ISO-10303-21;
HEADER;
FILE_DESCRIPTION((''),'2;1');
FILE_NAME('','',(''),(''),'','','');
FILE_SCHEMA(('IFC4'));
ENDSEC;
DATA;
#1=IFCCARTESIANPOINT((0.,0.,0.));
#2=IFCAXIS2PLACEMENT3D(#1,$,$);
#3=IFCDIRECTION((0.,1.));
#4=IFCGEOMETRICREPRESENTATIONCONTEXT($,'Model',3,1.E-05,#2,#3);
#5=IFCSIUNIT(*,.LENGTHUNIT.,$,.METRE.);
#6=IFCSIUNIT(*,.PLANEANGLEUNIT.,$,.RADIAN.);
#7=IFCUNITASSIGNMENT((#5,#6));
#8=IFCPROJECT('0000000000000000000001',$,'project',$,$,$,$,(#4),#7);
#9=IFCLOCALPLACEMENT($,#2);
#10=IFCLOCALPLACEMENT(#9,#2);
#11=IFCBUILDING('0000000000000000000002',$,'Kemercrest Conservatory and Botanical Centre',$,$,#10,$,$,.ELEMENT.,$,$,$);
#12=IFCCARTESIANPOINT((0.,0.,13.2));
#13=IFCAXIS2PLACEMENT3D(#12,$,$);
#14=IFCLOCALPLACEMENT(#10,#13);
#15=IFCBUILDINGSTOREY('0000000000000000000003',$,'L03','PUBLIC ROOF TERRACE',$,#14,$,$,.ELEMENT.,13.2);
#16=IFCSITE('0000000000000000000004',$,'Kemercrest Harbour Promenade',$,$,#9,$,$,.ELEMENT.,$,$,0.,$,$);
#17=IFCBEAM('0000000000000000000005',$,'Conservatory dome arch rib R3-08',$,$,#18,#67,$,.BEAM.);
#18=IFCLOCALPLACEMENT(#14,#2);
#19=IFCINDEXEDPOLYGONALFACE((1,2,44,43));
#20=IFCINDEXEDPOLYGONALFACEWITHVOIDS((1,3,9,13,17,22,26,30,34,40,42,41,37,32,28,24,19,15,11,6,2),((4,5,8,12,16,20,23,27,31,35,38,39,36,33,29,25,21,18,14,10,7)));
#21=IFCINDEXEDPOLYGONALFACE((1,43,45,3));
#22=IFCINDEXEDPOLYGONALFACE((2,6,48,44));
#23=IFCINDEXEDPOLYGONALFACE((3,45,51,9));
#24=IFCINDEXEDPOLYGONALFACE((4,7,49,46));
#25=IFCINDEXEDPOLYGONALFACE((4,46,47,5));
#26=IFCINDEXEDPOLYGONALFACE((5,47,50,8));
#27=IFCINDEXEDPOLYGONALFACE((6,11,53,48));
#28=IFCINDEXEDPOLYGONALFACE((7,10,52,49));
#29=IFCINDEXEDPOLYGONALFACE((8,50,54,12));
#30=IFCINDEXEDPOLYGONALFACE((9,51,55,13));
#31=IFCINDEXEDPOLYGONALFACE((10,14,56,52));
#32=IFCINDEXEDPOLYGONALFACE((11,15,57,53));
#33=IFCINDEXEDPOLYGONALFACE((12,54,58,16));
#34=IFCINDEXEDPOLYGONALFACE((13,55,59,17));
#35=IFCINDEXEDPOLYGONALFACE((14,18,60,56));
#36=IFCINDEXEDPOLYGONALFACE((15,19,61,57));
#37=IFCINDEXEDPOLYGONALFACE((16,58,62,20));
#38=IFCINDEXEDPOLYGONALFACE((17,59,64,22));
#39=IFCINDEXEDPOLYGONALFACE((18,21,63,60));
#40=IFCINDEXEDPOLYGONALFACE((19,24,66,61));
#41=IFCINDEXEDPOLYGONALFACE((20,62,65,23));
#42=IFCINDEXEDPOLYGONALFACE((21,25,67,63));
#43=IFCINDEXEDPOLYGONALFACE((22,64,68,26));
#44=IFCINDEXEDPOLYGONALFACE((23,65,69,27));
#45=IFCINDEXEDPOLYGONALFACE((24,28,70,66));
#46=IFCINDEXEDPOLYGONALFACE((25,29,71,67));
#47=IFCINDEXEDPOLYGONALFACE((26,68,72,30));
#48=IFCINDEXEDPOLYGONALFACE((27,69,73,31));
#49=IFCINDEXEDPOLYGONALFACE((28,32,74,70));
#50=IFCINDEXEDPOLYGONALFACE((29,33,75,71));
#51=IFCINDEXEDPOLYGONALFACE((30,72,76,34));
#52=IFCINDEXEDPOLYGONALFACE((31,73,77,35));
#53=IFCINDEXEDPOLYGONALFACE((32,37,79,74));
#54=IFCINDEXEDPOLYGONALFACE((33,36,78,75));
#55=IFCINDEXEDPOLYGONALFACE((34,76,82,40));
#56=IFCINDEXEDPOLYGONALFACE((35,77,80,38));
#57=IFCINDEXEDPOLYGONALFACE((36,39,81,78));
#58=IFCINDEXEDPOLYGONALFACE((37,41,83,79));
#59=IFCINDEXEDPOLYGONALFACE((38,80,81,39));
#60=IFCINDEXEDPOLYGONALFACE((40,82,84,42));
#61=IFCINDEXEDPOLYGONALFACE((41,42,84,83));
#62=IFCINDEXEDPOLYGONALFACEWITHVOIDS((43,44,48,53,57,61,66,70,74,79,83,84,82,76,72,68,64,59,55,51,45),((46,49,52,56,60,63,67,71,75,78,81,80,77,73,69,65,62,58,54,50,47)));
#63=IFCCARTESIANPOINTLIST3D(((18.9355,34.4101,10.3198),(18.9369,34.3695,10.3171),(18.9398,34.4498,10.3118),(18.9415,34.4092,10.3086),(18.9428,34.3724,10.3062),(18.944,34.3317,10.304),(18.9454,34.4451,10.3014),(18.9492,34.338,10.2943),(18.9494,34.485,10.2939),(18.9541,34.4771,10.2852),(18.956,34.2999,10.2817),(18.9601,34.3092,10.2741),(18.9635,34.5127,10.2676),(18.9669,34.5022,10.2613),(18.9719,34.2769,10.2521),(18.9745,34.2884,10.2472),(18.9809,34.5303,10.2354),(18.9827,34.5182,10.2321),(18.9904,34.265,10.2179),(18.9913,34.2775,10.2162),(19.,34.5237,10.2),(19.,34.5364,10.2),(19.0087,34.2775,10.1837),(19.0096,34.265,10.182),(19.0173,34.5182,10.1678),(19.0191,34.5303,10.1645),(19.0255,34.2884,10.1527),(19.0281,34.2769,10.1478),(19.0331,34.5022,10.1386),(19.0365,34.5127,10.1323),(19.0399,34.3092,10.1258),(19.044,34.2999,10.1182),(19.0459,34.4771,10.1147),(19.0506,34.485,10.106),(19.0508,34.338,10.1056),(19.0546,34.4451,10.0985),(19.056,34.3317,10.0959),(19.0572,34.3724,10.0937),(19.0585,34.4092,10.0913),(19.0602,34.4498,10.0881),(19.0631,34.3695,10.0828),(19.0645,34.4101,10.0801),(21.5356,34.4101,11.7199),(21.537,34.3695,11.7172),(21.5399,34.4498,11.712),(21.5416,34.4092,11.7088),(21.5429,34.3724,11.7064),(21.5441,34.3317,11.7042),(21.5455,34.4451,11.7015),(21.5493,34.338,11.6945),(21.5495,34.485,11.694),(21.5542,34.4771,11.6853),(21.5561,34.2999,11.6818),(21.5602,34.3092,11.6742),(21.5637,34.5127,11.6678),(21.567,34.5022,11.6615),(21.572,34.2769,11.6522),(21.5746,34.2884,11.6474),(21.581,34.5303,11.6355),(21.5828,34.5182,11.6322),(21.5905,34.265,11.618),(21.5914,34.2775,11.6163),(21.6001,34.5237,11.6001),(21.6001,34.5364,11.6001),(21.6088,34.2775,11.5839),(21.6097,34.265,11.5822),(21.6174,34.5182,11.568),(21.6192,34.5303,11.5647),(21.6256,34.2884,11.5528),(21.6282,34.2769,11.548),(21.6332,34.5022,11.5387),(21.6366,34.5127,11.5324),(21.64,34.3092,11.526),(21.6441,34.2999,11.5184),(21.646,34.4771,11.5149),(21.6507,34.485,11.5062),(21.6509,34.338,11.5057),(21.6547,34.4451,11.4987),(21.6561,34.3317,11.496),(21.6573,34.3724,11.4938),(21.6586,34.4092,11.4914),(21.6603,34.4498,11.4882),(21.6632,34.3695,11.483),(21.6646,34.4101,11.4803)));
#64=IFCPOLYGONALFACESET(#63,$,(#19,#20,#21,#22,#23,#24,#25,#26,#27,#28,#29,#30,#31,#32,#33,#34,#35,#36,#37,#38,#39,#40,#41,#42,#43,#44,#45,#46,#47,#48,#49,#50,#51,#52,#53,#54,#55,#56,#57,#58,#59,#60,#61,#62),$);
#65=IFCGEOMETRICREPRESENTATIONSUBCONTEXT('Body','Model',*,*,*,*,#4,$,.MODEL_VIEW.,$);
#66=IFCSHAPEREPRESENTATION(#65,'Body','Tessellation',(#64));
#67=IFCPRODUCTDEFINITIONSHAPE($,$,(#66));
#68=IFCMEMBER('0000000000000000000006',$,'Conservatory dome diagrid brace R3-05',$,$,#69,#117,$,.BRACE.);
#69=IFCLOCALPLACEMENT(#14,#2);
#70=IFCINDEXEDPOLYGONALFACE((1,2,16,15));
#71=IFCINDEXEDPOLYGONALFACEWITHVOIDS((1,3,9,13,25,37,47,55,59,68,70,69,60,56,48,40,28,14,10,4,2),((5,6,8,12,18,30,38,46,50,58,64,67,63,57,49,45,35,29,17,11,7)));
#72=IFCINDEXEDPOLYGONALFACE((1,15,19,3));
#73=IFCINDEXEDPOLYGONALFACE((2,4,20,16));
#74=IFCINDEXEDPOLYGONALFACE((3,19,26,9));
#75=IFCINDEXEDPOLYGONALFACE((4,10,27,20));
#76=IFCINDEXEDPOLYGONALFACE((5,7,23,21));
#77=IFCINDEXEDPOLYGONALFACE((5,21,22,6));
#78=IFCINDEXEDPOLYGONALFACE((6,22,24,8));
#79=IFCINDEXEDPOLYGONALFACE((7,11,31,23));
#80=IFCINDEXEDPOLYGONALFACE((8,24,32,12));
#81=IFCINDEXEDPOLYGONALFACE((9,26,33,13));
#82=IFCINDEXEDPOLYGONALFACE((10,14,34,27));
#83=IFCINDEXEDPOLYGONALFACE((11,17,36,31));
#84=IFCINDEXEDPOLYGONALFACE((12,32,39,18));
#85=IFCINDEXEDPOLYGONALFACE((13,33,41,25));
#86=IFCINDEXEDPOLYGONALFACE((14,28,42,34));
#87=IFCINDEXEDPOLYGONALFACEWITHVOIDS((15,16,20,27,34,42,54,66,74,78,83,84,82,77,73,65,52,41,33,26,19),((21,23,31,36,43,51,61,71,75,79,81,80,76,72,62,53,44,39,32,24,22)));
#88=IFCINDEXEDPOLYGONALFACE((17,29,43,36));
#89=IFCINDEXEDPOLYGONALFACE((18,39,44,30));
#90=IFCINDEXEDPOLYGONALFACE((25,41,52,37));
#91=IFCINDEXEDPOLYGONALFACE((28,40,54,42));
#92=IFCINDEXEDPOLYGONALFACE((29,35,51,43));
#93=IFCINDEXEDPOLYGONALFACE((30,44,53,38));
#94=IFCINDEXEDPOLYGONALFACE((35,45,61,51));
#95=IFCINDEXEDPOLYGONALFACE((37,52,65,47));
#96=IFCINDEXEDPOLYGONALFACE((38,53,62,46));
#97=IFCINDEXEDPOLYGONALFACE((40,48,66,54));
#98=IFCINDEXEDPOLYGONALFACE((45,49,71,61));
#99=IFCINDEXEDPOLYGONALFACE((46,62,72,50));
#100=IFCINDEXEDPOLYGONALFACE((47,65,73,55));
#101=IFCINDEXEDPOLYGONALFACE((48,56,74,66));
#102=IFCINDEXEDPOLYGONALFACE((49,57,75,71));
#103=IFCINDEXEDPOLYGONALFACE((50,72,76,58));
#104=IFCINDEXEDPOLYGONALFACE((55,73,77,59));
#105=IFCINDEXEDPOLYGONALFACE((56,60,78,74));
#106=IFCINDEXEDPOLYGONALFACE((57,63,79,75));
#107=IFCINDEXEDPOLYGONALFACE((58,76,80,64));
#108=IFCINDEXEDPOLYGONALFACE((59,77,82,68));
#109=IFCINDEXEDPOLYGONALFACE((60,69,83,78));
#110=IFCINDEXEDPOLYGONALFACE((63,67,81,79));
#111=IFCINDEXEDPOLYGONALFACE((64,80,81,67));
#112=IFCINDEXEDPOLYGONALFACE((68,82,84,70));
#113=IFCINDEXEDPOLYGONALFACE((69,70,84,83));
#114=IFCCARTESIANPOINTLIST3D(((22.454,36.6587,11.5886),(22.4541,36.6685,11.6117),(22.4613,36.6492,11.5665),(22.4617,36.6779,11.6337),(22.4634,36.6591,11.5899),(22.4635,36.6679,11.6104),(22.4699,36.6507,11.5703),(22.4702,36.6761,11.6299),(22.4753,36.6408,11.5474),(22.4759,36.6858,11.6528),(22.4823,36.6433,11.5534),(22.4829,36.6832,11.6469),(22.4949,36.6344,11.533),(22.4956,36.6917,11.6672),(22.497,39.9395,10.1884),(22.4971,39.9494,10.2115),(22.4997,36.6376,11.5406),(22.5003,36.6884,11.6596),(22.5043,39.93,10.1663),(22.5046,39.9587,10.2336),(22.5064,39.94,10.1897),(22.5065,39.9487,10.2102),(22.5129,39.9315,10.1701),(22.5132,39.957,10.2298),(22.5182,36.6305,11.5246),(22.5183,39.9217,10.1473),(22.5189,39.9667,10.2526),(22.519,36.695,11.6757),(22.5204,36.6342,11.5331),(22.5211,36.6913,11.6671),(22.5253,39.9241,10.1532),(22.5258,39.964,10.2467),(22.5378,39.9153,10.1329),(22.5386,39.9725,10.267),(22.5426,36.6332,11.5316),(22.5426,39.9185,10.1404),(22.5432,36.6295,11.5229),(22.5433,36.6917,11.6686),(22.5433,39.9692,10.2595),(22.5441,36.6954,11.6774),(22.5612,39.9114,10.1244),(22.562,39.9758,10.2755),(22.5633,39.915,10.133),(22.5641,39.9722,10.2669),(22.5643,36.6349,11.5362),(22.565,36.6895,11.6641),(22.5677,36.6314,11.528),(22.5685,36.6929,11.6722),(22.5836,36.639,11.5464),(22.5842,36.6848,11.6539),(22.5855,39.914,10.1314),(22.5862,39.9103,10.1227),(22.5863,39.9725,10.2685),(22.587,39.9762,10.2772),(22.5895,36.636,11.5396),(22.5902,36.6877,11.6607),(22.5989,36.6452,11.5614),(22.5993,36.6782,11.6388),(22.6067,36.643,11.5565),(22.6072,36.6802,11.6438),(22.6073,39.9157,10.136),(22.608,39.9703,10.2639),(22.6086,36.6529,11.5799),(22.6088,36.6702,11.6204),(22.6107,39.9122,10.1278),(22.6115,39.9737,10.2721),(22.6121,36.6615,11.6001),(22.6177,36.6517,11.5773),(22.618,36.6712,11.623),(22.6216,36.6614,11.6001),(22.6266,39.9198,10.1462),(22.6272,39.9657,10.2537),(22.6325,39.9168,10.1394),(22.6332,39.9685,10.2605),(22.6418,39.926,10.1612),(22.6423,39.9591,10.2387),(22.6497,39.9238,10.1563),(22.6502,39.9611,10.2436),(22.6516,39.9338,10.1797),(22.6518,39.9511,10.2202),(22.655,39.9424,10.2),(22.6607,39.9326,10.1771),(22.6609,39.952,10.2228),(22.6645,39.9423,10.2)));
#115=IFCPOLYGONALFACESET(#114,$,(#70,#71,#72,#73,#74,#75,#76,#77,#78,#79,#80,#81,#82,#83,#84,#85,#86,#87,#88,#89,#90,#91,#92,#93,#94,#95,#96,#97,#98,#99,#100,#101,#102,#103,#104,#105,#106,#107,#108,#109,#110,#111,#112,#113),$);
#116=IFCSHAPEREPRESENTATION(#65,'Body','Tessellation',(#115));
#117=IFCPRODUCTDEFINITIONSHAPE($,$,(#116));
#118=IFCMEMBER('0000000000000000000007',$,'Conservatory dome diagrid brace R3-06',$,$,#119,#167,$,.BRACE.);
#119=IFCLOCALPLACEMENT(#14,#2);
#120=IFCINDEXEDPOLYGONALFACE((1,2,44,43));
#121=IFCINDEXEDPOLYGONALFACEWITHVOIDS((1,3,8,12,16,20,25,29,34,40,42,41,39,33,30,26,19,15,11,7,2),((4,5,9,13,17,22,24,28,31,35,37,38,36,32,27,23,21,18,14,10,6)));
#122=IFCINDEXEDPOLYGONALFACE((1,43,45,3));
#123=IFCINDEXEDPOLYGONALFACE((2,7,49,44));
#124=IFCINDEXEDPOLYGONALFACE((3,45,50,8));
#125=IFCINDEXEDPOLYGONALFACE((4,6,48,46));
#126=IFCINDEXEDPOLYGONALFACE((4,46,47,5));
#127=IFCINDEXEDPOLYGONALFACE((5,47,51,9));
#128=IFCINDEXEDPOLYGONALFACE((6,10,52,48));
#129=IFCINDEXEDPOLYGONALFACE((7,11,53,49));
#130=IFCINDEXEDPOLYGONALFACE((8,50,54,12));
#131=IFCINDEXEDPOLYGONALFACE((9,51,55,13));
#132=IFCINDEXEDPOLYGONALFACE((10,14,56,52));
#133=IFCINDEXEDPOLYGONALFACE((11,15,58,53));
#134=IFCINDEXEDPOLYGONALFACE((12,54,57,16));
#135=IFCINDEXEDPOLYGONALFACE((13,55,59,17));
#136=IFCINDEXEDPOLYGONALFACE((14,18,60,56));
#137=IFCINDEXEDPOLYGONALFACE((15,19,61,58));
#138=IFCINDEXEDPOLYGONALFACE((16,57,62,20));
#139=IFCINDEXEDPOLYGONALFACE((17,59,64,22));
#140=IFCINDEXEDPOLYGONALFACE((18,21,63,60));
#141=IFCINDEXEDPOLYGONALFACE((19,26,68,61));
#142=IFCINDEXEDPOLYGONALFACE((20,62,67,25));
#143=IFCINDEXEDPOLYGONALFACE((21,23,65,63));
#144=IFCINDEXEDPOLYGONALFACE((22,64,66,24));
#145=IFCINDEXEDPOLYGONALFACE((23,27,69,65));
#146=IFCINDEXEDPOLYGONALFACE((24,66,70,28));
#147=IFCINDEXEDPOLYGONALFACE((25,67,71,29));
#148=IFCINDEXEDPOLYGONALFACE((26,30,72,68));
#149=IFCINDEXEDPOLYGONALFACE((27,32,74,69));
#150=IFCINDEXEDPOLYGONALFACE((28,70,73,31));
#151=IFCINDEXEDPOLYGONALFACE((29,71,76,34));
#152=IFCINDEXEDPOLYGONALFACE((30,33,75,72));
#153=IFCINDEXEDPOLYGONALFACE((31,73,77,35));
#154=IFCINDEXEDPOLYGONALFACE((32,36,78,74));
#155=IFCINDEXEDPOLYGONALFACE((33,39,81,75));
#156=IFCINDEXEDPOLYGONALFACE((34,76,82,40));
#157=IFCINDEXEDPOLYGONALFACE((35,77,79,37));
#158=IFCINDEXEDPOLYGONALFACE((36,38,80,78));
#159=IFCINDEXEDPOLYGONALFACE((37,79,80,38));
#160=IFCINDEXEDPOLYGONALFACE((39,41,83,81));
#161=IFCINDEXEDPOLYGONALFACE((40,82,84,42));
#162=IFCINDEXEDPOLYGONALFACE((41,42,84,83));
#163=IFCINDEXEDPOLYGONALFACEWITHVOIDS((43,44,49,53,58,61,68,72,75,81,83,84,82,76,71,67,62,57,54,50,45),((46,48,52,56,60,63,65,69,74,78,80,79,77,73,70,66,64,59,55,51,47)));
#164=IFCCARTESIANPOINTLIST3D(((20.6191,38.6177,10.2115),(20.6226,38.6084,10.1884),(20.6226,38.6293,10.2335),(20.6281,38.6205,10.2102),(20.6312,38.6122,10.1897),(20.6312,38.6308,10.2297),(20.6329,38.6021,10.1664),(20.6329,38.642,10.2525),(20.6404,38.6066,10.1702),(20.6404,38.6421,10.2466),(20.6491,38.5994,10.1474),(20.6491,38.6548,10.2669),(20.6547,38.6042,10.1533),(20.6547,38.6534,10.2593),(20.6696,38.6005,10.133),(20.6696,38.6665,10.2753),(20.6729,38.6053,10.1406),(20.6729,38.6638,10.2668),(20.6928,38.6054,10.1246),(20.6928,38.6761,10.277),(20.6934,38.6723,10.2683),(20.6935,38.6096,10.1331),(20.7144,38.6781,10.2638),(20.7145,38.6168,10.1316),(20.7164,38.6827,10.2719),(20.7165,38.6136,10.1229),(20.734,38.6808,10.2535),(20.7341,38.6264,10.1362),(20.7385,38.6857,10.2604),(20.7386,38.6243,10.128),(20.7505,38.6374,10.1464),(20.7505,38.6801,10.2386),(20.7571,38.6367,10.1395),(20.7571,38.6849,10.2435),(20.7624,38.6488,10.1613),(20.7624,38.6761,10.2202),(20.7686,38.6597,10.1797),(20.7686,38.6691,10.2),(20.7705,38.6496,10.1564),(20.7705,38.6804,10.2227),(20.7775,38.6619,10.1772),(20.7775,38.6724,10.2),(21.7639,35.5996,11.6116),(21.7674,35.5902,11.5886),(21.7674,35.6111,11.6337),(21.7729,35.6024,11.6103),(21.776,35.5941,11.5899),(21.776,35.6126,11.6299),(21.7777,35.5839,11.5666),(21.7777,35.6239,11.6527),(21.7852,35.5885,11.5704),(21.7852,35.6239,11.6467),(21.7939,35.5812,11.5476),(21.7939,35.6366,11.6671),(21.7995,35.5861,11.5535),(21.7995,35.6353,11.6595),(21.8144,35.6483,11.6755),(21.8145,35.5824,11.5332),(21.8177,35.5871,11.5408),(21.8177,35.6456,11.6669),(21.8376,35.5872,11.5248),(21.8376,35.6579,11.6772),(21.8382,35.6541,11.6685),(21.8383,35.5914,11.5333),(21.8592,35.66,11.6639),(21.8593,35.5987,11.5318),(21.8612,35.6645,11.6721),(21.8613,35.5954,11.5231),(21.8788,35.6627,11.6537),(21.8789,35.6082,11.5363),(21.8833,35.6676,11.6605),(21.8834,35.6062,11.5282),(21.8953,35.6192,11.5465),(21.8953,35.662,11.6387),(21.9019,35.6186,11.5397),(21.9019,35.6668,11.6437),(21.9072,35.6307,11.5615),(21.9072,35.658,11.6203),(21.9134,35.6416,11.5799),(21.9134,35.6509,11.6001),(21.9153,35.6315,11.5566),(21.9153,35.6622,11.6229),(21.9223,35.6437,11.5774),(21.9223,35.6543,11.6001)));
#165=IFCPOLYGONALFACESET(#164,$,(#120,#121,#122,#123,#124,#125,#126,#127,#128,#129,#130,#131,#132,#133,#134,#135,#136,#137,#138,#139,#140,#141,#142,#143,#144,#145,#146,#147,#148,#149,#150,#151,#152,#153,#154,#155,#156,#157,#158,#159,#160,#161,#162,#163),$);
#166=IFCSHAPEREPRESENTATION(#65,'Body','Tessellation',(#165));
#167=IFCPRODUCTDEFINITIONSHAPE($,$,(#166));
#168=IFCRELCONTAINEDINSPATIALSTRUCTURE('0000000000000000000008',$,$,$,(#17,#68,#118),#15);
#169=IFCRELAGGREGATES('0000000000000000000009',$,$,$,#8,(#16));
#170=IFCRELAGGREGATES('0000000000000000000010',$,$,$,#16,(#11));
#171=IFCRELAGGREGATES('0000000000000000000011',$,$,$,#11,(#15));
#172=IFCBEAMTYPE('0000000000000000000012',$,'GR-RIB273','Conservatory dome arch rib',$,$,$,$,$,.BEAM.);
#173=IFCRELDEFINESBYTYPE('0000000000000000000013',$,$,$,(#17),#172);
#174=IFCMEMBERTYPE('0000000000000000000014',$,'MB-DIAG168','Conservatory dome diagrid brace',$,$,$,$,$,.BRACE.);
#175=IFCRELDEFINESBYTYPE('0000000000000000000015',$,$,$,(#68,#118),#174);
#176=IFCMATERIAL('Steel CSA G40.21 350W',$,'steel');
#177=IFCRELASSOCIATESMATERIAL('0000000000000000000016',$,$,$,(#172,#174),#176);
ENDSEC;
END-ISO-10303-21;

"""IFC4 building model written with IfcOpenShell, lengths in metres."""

from ifc_helpers import new_model, si_unit, direction, frame, origin, origin_2d, place, context, subcontext, project, spatial, hollow_circle, extrude, material, material_profile, profile_set, type_object, element, save


model = new_model("IFC4")

# Units and contexts
model_context = context("Model", 3, precision=1e-05, world=origin(), true_north=direction((0.0, 1.0)))
body_context = subcontext(model_context, "Body", "Model", "MODEL_VIEW")
ifc_project = project(units=[si_unit("LENGTHUNIT", "METRE"), si_unit("PLANEANGLEUNIT", "RADIAN")], contexts=[model_context])

# Site, building, storey
site_placement = place(None, origin())
site = spatial("IfcSite", under=ifc_project, at=site_placement, Name="Kemercrest Harbour Promenade", CompositionType="ELEMENT", RefElevation=0.0)
building_placement = place(site_placement, origin())
building = spatial("IfcBuilding", under=site, at=building_placement, Name="Kemercrest Conservatory and Botanical Centre", CompositionType="ELEMENT")
storey_placement = place(building_placement, frame((0.0, 0.0, 13.2)))
storey = spatial("IfcBuildingStorey", under=building, at=storey_placement, Name="L03", Description="PUBLIC ROOF TERRACE", CompositionType="ELEMENT", Elevation=13.2)

# Beam
ifc_material_1 = material(Name="Steel CSA G40.21 350W", Category="steel")
ifc_material_profile_1 = material_profile(ifc_material_1, hollow_circle(Radius=0.1365, WallThickness=0.0127, at=origin_2d()), Name="CHS 273.1x12.7")
ifc_profile_set_1 = profile_set([ifc_material_profile_1], Name="Steel CSA G40.21 350W")
beam_type = type_object("IfcBeamType", Name="GR-RIB273", Description="Conservatory dome arch rib", PredefinedType="BEAM", material=ifc_profile_set_1)
beam_1_placement = place(storey_placement, frame((19.0, 34.3999, 10.2), z_axis=(0.880458, 0.0, 0.474124), x_axis=(0.0, 1.0, 0.0)))
element("IfcBeam", 1, at=beam_1_placement, inside=storey, type_object=beam_type, Name="Conservatory dome arch rib R3-08", PredefinedType="BEAM", context=body_context, shape_type="SweptSolid", body=[
    extrude(hollow_circle(Radius=0.1365, WallThickness=0.0127, at=origin_2d()), origin(), (0.0, 0.0, 1.0), 2.9531),
])

# Members
ifc_material_profile_2 = material_profile(ifc_material_1, hollow_circle(Radius=0.0842, WallThickness=0.0095, at=origin_2d()), Name="CHS 168.3x9.5")
ifc_profile_set_2 = profile_set([ifc_material_profile_2], Name="Steel CSA G40.21 350W")
member_type_1 = type_object("IfcMemberType", Name="MB-DIAG168", Description="Conservatory dome diagrid brace", PredefinedType="BRACE", material=ifc_profile_set_2)
member_1_placement = place(storey_placement, frame((22.5803, 39.9434, 10.2), z_axis=(-0.012045, -0.919676, 0.392494), x_axis=(0.999914, -0.013096, 0.0)))
element("IfcMember", 2, at=member_1_placement, inside=storey, type_object=member_type_1, Name="Conservatory dome diagrid brace R3-05", PredefinedType="BRACE", context=body_context, shape_type="SweptSolid", body=[
    extrude(hollow_circle(Radius=0.0842, WallThickness=0.0095, at=origin_2d()), origin(), (0.0, 0.0, 1.0), 3.5674),
])
member_2_placement = place(storey_placement, frame((20.6987, 38.6426, 10.2), z_axis=(0.325362, -0.857778, 0.397942), x_axis=(0.934998, 0.354652, 0.0)))
element("IfcMember", 3, at=member_2_placement, inside=storey, type_object=member_type_1, Name="Conservatory dome diagrid brace R3-06", PredefinedType="BRACE", context=body_context, shape_type="SweptSolid", body=[
    extrude(hollow_circle(Radius=0.0842, WallThickness=0.0095, at=origin_2d()), origin(), (0.0, 0.0, 1.0), 3.5186),
])

save(model, "model.ifc")
